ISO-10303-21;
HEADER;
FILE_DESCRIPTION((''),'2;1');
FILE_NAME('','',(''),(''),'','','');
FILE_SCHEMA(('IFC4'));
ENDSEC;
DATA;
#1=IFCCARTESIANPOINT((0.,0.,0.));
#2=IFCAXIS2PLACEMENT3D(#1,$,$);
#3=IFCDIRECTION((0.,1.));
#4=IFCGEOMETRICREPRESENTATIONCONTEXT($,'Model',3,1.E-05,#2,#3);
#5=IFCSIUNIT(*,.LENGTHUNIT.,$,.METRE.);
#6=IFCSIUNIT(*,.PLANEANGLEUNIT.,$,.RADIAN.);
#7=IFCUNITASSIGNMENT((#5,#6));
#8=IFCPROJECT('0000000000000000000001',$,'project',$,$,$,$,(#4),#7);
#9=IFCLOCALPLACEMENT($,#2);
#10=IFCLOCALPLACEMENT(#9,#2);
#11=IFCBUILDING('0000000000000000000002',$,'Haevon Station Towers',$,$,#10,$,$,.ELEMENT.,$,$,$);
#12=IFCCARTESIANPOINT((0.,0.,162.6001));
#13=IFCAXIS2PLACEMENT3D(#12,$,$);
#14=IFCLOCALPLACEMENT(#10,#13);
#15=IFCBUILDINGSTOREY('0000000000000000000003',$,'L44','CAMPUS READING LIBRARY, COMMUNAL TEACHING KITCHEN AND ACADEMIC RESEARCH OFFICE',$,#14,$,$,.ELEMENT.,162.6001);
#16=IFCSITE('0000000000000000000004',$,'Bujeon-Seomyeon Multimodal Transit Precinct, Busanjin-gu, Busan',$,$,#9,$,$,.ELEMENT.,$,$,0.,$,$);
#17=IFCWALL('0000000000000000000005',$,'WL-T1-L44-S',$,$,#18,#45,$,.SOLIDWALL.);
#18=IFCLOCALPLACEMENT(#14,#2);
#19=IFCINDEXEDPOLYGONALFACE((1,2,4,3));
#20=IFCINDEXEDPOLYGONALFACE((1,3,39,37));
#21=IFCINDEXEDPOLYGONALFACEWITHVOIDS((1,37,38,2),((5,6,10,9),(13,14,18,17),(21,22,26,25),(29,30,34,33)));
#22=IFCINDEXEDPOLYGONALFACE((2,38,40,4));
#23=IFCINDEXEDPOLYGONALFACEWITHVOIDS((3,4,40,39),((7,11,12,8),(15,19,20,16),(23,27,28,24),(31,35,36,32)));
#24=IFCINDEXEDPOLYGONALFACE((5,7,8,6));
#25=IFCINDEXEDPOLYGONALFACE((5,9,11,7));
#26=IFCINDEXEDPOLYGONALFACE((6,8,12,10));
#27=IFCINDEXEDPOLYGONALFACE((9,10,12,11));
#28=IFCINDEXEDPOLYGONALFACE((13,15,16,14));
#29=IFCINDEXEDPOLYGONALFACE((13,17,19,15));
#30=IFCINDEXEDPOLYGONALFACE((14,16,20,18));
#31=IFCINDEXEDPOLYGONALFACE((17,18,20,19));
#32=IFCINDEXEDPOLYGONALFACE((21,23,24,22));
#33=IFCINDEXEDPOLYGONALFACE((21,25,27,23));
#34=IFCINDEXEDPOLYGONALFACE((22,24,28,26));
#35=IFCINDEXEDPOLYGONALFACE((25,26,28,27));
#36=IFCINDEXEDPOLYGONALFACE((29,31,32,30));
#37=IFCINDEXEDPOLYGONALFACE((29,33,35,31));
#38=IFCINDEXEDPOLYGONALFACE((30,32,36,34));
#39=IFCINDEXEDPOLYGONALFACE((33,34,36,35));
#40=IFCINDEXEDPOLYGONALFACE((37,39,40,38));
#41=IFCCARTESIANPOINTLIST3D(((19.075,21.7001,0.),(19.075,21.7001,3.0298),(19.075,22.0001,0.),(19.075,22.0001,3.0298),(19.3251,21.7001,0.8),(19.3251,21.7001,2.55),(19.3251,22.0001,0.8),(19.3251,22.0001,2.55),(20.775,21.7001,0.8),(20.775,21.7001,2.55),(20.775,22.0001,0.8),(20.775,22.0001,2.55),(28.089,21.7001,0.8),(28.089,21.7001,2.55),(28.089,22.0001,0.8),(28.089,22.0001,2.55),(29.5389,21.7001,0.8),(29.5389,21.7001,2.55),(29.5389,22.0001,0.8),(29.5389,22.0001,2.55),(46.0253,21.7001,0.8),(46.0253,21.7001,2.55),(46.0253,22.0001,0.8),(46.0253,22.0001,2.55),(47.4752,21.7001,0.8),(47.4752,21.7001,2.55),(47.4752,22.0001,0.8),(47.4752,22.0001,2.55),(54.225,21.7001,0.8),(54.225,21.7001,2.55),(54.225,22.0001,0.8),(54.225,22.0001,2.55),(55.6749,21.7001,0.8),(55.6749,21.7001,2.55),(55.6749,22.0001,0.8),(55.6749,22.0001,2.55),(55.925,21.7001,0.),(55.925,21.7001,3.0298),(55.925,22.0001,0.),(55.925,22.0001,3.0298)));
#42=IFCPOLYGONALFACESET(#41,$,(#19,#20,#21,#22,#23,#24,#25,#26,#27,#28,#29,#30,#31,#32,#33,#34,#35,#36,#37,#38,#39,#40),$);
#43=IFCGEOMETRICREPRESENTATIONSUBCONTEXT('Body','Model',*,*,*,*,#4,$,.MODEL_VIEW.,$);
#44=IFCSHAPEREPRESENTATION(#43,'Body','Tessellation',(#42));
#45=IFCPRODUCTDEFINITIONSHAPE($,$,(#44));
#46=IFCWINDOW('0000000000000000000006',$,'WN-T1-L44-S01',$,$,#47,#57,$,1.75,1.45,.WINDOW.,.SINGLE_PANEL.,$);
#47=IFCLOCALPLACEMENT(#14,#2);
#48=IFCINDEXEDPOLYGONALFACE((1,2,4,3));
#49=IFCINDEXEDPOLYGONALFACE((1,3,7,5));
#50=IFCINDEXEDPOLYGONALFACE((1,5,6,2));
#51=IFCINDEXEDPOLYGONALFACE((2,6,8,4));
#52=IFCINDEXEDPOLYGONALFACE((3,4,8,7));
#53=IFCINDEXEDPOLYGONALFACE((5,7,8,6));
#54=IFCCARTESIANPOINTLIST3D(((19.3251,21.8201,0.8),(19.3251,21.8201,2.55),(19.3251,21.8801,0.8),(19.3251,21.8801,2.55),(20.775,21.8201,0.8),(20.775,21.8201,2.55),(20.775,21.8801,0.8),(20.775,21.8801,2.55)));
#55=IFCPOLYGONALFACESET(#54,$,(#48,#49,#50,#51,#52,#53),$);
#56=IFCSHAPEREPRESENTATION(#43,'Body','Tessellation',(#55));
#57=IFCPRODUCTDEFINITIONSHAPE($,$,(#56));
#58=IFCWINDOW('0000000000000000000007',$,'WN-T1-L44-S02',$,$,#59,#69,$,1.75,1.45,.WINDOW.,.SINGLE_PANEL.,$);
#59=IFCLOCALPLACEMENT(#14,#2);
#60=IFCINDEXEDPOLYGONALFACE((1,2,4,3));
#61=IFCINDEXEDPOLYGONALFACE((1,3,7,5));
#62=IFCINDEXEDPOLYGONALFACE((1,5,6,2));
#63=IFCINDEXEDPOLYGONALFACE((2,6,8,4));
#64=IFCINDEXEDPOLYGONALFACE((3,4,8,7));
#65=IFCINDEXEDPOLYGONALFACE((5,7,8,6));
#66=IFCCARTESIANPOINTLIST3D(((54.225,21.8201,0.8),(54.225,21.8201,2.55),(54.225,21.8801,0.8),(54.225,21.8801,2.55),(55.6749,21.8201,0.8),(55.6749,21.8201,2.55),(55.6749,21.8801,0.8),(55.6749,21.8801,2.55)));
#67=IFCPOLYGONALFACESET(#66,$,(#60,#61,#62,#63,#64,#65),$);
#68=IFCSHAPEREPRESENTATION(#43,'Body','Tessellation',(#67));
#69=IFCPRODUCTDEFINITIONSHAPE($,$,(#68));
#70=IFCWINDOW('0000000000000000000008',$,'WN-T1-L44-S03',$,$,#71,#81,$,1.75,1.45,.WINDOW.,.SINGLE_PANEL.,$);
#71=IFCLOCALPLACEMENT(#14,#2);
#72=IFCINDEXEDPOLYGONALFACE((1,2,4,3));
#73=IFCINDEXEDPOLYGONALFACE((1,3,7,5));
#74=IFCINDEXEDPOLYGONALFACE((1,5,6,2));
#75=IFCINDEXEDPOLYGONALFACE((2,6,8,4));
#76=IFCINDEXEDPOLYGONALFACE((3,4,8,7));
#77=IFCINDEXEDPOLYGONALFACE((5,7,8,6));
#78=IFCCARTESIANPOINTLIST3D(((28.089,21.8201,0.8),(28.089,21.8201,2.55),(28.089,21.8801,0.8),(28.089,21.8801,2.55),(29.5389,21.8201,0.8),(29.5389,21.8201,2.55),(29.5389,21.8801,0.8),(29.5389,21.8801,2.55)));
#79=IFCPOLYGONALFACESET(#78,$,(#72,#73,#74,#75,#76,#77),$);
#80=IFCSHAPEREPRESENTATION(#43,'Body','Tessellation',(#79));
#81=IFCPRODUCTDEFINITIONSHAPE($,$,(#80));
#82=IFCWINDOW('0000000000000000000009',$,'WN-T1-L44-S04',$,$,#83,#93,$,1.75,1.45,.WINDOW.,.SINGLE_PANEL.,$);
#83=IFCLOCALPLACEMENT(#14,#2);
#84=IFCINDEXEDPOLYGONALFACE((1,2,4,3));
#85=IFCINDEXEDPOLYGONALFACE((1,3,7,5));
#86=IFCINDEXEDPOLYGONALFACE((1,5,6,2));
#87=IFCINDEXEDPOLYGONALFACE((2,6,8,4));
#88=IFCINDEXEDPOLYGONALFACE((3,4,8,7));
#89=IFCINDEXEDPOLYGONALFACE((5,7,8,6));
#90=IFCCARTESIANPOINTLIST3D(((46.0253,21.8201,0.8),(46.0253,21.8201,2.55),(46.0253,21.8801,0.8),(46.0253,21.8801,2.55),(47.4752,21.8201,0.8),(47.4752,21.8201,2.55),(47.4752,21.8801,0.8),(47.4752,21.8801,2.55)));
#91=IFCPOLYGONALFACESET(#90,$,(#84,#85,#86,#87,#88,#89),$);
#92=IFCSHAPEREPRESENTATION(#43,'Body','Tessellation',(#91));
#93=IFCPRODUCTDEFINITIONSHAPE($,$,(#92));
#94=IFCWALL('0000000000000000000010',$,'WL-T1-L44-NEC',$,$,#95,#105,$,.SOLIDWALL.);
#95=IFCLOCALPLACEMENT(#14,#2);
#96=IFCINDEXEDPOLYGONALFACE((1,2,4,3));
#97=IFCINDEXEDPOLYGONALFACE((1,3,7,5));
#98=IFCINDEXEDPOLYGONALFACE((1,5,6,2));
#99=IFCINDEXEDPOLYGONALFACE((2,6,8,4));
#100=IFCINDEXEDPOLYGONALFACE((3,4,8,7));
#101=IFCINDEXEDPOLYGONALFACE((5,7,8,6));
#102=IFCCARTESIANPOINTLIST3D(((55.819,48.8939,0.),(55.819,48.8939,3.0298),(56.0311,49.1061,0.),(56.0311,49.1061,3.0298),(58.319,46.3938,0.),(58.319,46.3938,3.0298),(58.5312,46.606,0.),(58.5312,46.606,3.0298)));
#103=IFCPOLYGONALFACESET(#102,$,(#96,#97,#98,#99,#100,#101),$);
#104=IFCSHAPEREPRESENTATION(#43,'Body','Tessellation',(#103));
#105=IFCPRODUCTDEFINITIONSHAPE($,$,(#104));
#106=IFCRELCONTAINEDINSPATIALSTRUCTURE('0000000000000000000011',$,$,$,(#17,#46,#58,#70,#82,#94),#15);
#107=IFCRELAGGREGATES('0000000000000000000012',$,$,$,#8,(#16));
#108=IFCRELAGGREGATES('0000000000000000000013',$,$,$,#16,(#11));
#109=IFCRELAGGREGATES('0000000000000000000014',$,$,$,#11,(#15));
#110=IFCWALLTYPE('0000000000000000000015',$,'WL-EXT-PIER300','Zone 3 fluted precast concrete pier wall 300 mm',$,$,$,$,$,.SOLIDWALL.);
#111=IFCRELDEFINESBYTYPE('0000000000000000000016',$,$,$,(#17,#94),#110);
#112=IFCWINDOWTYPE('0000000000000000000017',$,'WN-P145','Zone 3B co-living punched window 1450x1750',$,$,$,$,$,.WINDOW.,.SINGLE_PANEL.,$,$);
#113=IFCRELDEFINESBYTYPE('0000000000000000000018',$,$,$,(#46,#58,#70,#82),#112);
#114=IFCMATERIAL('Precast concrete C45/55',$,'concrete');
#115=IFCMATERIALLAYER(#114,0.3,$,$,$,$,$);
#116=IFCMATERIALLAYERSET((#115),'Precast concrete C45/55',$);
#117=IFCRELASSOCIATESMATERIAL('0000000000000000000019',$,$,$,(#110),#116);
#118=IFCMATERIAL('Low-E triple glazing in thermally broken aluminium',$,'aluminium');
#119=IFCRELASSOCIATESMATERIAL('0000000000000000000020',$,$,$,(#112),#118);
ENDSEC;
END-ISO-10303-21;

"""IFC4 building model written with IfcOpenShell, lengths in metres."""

from ifc_helpers import new_model, si_unit, direction, frame, frame_2d, origin, place, context, subcontext, project, spatial, rectangle, extrude, material, layer, layer_set, type_object, element, fill, save


model = new_model("IFC4")

# Units and contexts
model_context = context("Model", 3, precision=1e-05, world=origin(), true_north=direction((0.0, 1.0)))
body_context = subcontext(model_context, "Body", "Model", "MODEL_VIEW")
ifc_project = project(units=[si_unit("LENGTHUNIT", "METRE"), si_unit("PLANEANGLEUNIT", "RADIAN")], contexts=[model_context])

# Site, building, storey
site_placement = place(None, origin())
site = spatial("IfcSite", under=ifc_project, at=site_placement, Name="Bujeon-Seomyeon Multimodal Transit Precinct, Busanjin-gu, Busan", CompositionType="ELEMENT", RefElevation=0.0)
building_placement = place(site_placement, origin())
building = spatial("IfcBuilding", under=site, at=building_placement, Name="Haevon Station Towers", CompositionType="ELEMENT")
storey_placement = place(building_placement, frame((0.0, 0.0, 162.6001)))
storey = spatial("IfcBuildingStorey", under=building, at=storey_placement, Name="L44", Description="CAMPUS READING LIBRARY, COMMUNAL TEACHING KITCHEN AND ACADEMIC RESEARCH OFFICE", CompositionType="ELEMENT", Elevation=162.6001)

# Wall, openings, windows
ifc_material_1 = material(Name="Precast concrete C45/55", Category="concrete")
ifc_layer_1 = layer(ifc_material_1, 0.3)
ifc_layer_set_1 = layer_set([ifc_layer_1], Name="Precast concrete C45/55")
wall_type_1 = type_object("IfcWallType", Name="WL-EXT-PIER300", Description="Zone 3 fluted precast concrete pier wall 300 mm", PredefinedType="SOLIDWALL", material=ifc_layer_set_1)
wall_1_placement = place(storey_placement, frame((55.925, 21.8501, 0.0), z_axis=(0.0, 0.0, 1.0), x_axis=(-1.0, 0.0, 0.0)))
wall_1 = element("IfcWall", 1, at=wall_1_placement, inside=storey, type_object=wall_type_1, Name="WL-T1-L44-S", PredefinedType="SOLIDWALL", context=body_context, shape_type="SweptSolid", body=[
    extrude(rectangle(XDim=36.8501, YDim=0.3, at=frame_2d((18.425, 0.0))), origin(), (0.0, 0.0, 1.0), 3.0298),
])
opening_1_placement = place(wall_1_placement, frame((35.1499, 0.0, 0.8)))
opening_1 = element("IfcOpeningElement", 2, at=opening_1_placement, cuts=wall_1, PredefinedType="OPENING", context=body_context, shape_type="SweptSolid", body=[
    extrude(rectangle(XDim=1.45, YDim=1.75, at=frame_2d((0.7251, 0.875))), frame((0.0, 0.1599, 0.0), z_axis=(0.0, -1.0, 0.0), x_axis=(1.0, 0.0, 0.0)), (0.0, 0.0, 1.0), 0.3201),
])
opening_2_placement = place(wall_1_placement, frame((0.25, 0.0, 0.8)))
opening_2 = element("IfcOpeningElement", 3, at=opening_2_placement, cuts=wall_1, PredefinedType="OPENING", context=body_context, shape_type="SweptSolid", body=[
    extrude(rectangle(XDim=1.45, YDim=1.75, at=frame_2d((0.7251, 0.875))), frame((0.0, 0.1599, 0.0), z_axis=(0.0, -1.0, 0.0), x_axis=(1.0, 0.0, 0.0)), (0.0, 0.0, 1.0), 0.3201),
])
opening_3_placement = place(wall_1_placement, frame((26.386, 0.0, 0.8)))
opening_3 = element("IfcOpeningElement", 4, at=opening_3_placement, cuts=wall_1, PredefinedType="OPENING", context=body_context, shape_type="SweptSolid", body=[
    extrude(rectangle(XDim=1.45, YDim=1.75, at=frame_2d((0.7251, 0.875))), frame((0.0, 0.1599, 0.0), z_axis=(0.0, -1.0, 0.0), x_axis=(1.0, 0.0, 0.0)), (0.0, 0.0, 1.0), 0.3201),
])
opening_4_placement = place(wall_1_placement, frame((8.4497, 0.0, 0.8)))
opening_4 = element("IfcOpeningElement", 5, at=opening_4_placement, cuts=wall_1, PredefinedType="OPENING", context=body_context, shape_type="SweptSolid", body=[
    extrude(rectangle(XDim=1.45, YDim=1.75, at=frame_2d((0.7251, 0.875))), frame((0.0, 0.1599, 0.0), z_axis=(0.0, -1.0, 0.0), x_axis=(1.0, 0.0, 0.0)), (0.0, 0.0, 1.0), 0.3201),
])
ifc_material_2 = material(Name="Low-E triple glazing in thermally broken aluminium", Category="aluminium")
window_type_1 = type_object("IfcWindowType", Name="WN-P145", Description="Zone 3B co-living punched window 1450x1750", PartitioningType="SINGLE_PANEL", PredefinedType="WINDOW", material=ifc_material_2)
window_1_placement = place(opening_1_placement, origin())
window_1 = element("IfcWindow", 6, at=window_1_placement, inside=storey, type_object=window_type_1, Name="WN-T1-L44-S01", OverallHeight=1.75, OverallWidth=1.45, PartitioningType="SINGLE_PANEL", PredefinedType="WINDOW", context=body_context, shape_type="SweptSolid", body=[
    extrude(rectangle(XDim=1.45, YDim=1.75, at=frame_2d((0.7251, 0.875))), frame((0.0, 0.03, 0.0), z_axis=(0.0, -1.0, 0.0), x_axis=(1.0, 0.0, 0.0)), (0.0, 0.0, 1.0), 0.0601),
])
fill(opening_1, window_1)
window_2_placement = place(opening_2_placement, origin())
window_2 = element("IfcWindow", 7, at=window_2_placement, inside=storey, type_object=window_type_1, Name="WN-T1-L44-S02", OverallHeight=1.75, OverallWidth=1.45, PartitioningType="SINGLE_PANEL", PredefinedType="WINDOW", context=body_context, shape_type="SweptSolid", body=[
    extrude(rectangle(XDim=1.45, YDim=1.75, at=frame_2d((0.7251, 0.875))), frame((0.0, 0.03, 0.0), z_axis=(0.0, -1.0, 0.0), x_axis=(1.0, 0.0, 0.0)), (0.0, 0.0, 1.0), 0.0601),
])
fill(opening_2, window_2)
window_3_placement = place(opening_3_placement, origin())
window_3 = element("IfcWindow", 8, at=window_3_placement, inside=storey, type_object=window_type_1, Name="WN-T1-L44-S03", OverallHeight=1.75, OverallWidth=1.45, PartitioningType="SINGLE_PANEL", PredefinedType="WINDOW", context=body_context, shape_type="SweptSolid", body=[
    extrude(rectangle(XDim=1.45, YDim=1.75, at=frame_2d((0.7251, 0.875))), frame((0.0, 0.03, 0.0), z_axis=(0.0, -1.0, 0.0), x_axis=(1.0, 0.0, 0.0)), (0.0, 0.0, 1.0), 0.0601),
])
fill(opening_3, window_3)
window_4_placement = place(opening_4_placement, origin())
window_4 = element("IfcWindow", 9, at=window_4_placement, inside=storey, type_object=window_type_1, Name="WN-T1-L44-S04", OverallHeight=1.75, OverallWidth=1.45, PartitioningType="SINGLE_PANEL", PredefinedType="WINDOW", context=body_context, shape_type="SweptSolid", body=[
    extrude(rectangle(XDim=1.45, YDim=1.75, at=frame_2d((0.7251, 0.875))), frame((0.0, 0.03, 0.0), z_axis=(0.0, -1.0, 0.0), x_axis=(1.0, 0.0, 0.0)), (0.0, 0.0, 1.0), 0.0601),
])
fill(opening_4, window_4)

# Wall
wall_2_placement = place(storey_placement, frame((55.925, 49.0, 0.0), z_axis=(0.0, 0.0, 1.0), x_axis=(0.707107, -0.707107, 0.0)))
element("IfcWall", 10, at=wall_2_placement, inside=storey, type_object=wall_type_1, Name="WL-T1-L44-NEC", PredefinedType="SOLIDWALL", context=body_context, shape_type="SweptSolid", body=[
    extrude(rectangle(XDim=3.5356, YDim=0.3, at=frame_2d((1.7678, 0.0))), origin(), (0.0, 0.0, 1.0), 3.0298),
])

save(model, "model.ifc")
